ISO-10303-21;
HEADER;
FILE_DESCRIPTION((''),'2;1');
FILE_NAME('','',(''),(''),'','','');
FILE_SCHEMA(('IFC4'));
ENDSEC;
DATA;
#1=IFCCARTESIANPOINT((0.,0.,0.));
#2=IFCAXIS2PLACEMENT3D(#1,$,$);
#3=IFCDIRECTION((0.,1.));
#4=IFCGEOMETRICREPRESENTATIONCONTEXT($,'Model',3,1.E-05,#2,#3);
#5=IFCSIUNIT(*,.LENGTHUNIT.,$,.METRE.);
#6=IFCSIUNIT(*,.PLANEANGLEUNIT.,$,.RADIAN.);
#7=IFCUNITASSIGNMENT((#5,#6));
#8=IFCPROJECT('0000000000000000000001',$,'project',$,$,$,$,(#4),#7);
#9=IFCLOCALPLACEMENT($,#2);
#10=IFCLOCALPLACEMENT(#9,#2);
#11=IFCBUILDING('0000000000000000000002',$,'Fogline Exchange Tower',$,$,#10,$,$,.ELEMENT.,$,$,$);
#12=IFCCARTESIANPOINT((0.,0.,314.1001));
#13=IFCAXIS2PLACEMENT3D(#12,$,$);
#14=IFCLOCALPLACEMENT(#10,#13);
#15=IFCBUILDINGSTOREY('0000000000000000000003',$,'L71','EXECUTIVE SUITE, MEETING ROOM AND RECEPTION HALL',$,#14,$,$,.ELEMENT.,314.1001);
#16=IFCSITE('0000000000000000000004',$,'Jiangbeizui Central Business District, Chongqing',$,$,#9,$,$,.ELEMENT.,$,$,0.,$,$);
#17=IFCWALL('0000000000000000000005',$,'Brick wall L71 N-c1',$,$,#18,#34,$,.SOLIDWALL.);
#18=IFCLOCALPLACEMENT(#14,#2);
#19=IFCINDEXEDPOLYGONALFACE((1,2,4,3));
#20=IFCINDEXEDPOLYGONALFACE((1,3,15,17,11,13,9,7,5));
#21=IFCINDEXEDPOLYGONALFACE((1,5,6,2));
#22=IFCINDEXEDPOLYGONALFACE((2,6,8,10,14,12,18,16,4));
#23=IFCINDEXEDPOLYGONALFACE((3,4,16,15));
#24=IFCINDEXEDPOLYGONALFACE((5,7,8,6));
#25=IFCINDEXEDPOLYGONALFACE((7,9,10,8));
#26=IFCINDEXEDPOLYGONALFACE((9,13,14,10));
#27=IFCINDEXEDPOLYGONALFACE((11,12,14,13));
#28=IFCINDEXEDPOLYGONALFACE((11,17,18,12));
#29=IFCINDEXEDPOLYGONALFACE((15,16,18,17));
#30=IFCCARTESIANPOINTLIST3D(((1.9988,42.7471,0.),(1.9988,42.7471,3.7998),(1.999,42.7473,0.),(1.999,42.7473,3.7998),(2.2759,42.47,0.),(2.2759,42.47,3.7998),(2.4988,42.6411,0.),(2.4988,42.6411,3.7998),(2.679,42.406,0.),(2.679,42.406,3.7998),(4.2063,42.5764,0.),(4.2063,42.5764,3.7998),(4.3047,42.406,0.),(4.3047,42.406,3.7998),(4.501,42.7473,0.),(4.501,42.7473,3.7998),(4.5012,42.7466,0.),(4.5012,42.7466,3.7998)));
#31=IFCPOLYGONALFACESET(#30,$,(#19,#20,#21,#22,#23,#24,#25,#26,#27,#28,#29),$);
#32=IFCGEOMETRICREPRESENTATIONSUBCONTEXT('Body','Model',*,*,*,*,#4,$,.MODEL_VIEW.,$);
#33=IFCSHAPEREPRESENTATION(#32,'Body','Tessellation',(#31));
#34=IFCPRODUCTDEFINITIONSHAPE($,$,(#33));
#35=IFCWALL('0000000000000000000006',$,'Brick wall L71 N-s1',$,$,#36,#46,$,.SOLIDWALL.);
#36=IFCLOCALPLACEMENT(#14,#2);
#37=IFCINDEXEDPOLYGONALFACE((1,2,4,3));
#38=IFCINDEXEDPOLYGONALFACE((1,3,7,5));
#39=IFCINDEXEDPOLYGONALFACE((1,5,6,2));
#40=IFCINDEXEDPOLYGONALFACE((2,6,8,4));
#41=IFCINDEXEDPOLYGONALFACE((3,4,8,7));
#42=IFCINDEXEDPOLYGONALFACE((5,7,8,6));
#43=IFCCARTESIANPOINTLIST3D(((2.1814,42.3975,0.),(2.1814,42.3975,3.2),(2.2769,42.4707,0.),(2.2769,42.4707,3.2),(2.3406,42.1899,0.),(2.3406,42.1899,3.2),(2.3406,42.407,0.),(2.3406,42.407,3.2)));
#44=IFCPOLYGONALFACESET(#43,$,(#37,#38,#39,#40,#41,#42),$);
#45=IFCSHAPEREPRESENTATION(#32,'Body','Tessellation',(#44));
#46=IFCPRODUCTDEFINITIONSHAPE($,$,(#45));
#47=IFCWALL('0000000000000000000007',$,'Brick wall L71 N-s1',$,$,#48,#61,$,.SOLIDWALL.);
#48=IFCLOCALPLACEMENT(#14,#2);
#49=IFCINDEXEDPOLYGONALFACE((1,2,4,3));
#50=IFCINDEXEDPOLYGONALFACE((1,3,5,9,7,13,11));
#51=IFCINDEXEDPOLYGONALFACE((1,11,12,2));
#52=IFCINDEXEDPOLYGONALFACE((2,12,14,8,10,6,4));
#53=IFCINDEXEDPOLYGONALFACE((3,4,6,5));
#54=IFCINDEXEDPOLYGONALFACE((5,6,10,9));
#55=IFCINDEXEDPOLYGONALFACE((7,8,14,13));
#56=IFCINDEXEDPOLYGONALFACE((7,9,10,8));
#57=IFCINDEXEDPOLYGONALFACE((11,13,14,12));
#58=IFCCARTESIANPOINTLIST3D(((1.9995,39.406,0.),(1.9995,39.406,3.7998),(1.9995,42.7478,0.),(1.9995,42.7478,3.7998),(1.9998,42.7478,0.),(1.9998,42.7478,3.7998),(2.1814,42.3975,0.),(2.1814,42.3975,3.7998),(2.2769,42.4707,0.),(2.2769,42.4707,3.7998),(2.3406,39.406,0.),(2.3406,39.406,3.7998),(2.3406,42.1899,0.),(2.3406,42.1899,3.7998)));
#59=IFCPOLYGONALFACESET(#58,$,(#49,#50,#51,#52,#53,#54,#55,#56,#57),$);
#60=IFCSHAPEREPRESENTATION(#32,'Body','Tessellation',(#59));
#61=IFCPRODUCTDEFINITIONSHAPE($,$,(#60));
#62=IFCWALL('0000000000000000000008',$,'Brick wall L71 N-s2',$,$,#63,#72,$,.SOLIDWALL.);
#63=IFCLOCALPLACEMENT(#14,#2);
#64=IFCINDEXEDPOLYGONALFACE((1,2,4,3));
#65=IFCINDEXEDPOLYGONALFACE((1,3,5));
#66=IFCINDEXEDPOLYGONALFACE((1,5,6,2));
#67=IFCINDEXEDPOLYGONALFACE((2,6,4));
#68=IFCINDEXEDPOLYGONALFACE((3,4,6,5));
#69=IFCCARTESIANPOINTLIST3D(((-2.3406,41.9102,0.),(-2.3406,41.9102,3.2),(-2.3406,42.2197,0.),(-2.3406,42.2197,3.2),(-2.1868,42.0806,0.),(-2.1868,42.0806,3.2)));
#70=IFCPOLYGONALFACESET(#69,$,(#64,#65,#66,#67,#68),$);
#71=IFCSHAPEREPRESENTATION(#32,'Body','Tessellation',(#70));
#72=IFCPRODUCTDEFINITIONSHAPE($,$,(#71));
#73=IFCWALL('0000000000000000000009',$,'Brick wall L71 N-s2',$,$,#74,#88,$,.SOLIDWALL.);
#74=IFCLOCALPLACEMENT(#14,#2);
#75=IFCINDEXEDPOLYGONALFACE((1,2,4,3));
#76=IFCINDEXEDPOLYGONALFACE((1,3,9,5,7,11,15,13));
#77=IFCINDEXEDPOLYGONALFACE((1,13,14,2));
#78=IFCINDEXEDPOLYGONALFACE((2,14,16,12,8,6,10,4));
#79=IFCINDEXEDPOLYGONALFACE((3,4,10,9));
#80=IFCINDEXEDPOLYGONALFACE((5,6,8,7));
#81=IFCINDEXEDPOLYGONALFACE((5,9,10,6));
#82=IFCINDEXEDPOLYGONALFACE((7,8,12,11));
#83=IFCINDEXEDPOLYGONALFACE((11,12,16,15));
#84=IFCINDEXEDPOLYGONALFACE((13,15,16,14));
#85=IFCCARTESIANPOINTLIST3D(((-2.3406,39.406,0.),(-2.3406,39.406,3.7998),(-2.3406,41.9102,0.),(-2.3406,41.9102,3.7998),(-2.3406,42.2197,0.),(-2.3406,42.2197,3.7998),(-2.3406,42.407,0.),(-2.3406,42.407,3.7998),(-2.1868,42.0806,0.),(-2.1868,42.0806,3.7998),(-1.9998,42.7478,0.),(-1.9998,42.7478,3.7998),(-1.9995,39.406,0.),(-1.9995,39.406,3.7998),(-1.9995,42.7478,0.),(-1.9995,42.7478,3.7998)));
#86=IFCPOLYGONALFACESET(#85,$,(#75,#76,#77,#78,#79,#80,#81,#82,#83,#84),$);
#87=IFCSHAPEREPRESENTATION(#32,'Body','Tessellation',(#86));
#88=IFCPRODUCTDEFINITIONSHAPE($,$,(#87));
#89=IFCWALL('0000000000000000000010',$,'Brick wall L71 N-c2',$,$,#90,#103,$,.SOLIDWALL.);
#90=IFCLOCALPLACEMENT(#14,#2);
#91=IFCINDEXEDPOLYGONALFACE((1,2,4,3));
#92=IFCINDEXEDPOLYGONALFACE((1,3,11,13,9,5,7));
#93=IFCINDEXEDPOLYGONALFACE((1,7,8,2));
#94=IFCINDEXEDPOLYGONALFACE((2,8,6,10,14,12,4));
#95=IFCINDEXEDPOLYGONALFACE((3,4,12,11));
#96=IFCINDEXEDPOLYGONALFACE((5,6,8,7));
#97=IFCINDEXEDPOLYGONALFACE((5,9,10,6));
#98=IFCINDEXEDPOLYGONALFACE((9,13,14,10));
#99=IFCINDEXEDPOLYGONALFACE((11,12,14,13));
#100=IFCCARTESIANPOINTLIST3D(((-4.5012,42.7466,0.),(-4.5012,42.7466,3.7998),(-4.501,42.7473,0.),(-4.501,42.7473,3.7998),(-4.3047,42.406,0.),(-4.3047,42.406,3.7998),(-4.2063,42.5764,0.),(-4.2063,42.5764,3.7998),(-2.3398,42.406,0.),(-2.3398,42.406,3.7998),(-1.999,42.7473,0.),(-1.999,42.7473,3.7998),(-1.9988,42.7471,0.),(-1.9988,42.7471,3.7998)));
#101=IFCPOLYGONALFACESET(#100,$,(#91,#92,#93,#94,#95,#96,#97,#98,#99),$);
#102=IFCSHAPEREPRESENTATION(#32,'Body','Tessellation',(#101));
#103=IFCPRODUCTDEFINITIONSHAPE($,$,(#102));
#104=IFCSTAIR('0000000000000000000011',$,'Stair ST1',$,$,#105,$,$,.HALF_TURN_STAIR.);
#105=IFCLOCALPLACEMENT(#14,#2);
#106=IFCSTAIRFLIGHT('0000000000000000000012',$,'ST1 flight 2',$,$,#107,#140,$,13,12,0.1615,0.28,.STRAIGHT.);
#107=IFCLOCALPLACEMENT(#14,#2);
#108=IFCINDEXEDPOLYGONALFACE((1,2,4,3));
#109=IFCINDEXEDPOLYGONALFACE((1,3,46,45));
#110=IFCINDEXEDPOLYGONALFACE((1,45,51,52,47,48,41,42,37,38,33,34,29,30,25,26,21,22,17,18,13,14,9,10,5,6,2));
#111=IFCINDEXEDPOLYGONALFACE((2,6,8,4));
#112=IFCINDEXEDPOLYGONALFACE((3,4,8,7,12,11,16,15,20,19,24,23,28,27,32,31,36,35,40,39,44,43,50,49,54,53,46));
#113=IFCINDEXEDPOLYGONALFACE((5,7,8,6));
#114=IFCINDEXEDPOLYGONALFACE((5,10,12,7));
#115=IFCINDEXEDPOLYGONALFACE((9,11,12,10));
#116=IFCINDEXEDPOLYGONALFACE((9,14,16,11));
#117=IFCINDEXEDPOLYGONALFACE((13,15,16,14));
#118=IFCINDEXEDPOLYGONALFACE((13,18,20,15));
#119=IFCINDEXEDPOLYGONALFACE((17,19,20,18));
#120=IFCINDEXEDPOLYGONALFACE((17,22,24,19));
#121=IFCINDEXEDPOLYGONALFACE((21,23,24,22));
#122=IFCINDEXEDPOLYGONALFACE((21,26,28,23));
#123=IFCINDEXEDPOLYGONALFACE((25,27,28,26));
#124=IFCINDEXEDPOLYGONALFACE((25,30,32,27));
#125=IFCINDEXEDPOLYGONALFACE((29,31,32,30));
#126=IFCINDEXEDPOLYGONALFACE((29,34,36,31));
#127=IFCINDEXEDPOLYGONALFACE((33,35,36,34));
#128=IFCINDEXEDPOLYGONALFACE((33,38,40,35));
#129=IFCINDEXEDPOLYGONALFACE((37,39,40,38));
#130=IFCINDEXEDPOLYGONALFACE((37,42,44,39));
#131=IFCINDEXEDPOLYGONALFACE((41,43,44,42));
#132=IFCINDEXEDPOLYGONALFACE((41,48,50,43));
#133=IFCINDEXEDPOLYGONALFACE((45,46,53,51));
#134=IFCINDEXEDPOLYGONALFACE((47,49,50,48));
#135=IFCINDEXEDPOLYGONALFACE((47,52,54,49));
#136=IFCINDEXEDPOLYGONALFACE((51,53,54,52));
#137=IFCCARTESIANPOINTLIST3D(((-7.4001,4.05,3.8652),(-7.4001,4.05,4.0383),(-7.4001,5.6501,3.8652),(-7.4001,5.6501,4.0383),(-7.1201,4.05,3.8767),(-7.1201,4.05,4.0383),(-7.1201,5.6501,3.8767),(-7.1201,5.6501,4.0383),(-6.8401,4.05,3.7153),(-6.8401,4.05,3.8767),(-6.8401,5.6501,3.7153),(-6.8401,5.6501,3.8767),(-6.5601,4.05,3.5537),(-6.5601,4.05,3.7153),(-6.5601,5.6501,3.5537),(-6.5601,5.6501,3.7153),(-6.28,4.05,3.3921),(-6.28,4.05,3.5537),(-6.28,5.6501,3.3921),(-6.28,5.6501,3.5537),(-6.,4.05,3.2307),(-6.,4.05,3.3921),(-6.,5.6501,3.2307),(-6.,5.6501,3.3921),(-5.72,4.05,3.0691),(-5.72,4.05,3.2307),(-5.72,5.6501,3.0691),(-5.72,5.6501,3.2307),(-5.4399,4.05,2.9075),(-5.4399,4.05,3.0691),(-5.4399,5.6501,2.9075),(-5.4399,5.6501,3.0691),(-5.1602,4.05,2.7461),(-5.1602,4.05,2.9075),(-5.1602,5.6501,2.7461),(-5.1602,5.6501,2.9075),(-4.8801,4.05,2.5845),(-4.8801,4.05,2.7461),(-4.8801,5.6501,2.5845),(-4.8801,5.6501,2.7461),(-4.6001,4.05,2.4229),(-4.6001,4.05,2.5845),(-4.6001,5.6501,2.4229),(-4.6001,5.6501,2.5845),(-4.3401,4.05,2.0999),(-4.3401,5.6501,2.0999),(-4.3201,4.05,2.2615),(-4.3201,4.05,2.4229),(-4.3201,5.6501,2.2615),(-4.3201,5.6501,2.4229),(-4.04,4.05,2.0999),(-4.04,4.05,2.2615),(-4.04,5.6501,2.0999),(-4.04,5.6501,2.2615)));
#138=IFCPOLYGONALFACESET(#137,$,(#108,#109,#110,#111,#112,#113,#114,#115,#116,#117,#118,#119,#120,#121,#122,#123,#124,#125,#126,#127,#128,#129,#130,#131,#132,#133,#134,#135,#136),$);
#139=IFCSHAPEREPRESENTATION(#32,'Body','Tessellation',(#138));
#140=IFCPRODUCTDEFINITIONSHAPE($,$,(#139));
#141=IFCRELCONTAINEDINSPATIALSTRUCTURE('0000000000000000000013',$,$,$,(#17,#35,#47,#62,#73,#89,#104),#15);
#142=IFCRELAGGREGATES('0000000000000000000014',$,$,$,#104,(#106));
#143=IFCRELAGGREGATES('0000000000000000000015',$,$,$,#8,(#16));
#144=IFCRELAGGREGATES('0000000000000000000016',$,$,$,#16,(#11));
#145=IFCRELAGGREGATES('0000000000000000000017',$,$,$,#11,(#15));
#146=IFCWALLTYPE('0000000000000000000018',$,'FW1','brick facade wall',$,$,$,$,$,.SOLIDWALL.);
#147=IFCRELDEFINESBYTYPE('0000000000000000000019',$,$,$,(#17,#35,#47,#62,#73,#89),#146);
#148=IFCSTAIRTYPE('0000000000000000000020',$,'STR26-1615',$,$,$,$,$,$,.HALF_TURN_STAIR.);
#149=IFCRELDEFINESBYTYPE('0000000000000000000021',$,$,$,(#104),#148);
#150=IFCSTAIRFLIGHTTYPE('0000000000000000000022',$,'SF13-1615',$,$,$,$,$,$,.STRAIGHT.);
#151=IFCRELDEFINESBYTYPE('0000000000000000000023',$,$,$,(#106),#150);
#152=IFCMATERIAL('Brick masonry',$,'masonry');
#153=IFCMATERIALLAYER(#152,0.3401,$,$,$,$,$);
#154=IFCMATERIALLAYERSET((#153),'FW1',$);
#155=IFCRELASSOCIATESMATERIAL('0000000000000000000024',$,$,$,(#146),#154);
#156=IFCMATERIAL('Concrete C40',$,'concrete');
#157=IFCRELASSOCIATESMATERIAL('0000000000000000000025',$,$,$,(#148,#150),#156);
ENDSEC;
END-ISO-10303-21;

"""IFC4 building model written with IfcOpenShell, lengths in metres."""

from ifc_helpers import new_model, si_unit, direction, frame, origin, place, context, subcontext, project, spatial, polyline, outline, extrude, material, layer, layer_set, type_object, element, aggregate, save


model = new_model("IFC4")

# Units and contexts
model_context = context("Model", 3, precision=1e-05, world=origin(), true_north=direction((0.0, 1.0)))
body_context = subcontext(model_context, "Body", "Model", "MODEL_VIEW")
ifc_project = project(units=[si_unit("LENGTHUNIT", "METRE"), si_unit("PLANEANGLEUNIT", "RADIAN")], contexts=[model_context])

# Site, building, storey
site_placement = place(None, origin())
site = spatial("IfcSite", under=ifc_project, at=site_placement, Name="Jiangbeizui Central Business District, Chongqing", CompositionType="ELEMENT", RefElevation=0.0)
building_placement = place(site_placement, origin())
building = spatial("IfcBuilding", under=site, at=building_placement, Name="Fogline Exchange Tower", CompositionType="ELEMENT")
storey_placement = place(building_placement, frame((0.0, 0.0, 314.1001)))
storey = spatial("IfcBuildingStorey", under=building, at=storey_placement, Name="L71", Description="EXECUTIVE SUITE, MEETING ROOM AND RECEPTION HALL", CompositionType="ELEMENT", Elevation=314.1001)

# Shared definitions
ifc_material_1 = material(Name="Concrete C40", Category="concrete")

# Walls
ifc_material_2 = material(Name="Brick masonry", Category="masonry")
ifc_layer_1 = layer(ifc_material_2, 0.3401)
ifc_layer_set_1 = layer_set([ifc_layer_1], Name="FW1")
wall_type_1 = type_object("IfcWallType", Name="FW1", Description="brick facade wall", PredefinedType="SOLIDWALL", material=ifc_layer_set_1)
wall_1_placement = place(storey_placement, origin())
element("IfcWall", 1, at=wall_1_placement, inside=storey, type_object=wall_type_1, Name="Brick wall L71 N-c1", PredefinedType="SOLIDWALL", context=body_context, shape_type="SweptSolid", body=[
    extrude(outline(polyline([(4.501, 42.7473), (4.5012, 42.7466), (4.2063, 42.5764), (4.3047, 42.406), (2.679, 42.406), (2.4988, 42.6411), (2.2759, 42.47), (1.9988, 42.7471), (1.999, 42.7473), (4.501, 42.7473)])), origin(), (0.0, 0.0, 1.0), 3.7998),
])
wall_2_placement = place(storey_placement, origin())
element("IfcWall", 2, at=wall_2_placement, inside=storey, type_object=wall_type_1, Name="Brick wall L71 N-s1", PredefinedType="SOLIDWALL", context=body_context, shape_type="SweptSolid", body=[
    extrude(outline(polyline([(2.3406, 42.407), (2.3406, 42.1899), (2.1814, 42.3975), (2.2769, 42.4707), (2.3406, 42.407)])), origin(), (0.0, 0.0, 1.0), 3.2),
])
wall_3_placement = place(storey_placement, origin())
element("IfcWall", 3, at=wall_3_placement, inside=storey, type_object=wall_type_1, Name="Brick wall L71 N-s1", PredefinedType="SOLIDWALL", context=body_context, shape_type="SweptSolid", body=[
    extrude(outline(polyline([(1.9995, 39.406), (1.9995, 42.7478), (1.9998, 42.7478), (2.2769, 42.4707), (2.1814, 42.3975), (2.3406, 42.1899), (2.3406, 39.406), (1.9995, 39.406)])), origin(), (0.0, 0.0, 1.0), 3.7998),
])
wall_4_placement = place(storey_placement, origin())
element("IfcWall", 4, at=wall_4_placement, inside=storey, type_object=wall_type_1, Name="Brick wall L71 N-s2", PredefinedType="SOLIDWALL", context=body_context, shape_type="SweptSolid", body=[
    extrude(outline(polyline([(-2.3406, 42.2197), (-2.1868, 42.0806), (-2.3406, 41.9102), (-2.3406, 42.2197)])), origin(), (0.0, 0.0, 1.0), 3.2),
])
wall_5_placement = place(storey_placement, origin())
element("IfcWall", 5, at=wall_5_placement, inside=storey, type_object=wall_type_1, Name="Brick wall L71 N-s2", PredefinedType="SOLIDWALL", context=body_context, shape_type="SweptSolid", body=[
    extrude(outline(polyline([(-1.9995, 39.406), (-2.3406, 39.406), (-2.3406, 41.9102), (-2.1868, 42.0806), (-2.3406, 42.2197), (-2.3406, 42.407), (-1.9998, 42.7478), (-1.9995, 42.7478), (-1.9995, 39.406)])), origin(), (0.0, 0.0, 1.0), 3.7998),
])
wall_6_placement = place(storey_placement, origin())
element("IfcWall", 6, at=wall_6_placement, inside=storey, type_object=wall_type_1, Name="Brick wall L71 N-c2", PredefinedType="SOLIDWALL", context=body_context, shape_type="SweptSolid", body=[
    extrude(outline(polyline([(-4.3047, 42.406), (-4.2063, 42.5764), (-4.5012, 42.7466), (-4.501, 42.7473), (-1.999, 42.7473), (-1.9988, 42.7471), (-2.3398, 42.406), (-4.3047, 42.406)])), origin(), (0.0, 0.0, 1.0), 3.7998),
])

# Stair, stair flight
stair_type = type_object("IfcStairType", Name="STR26-1615", PredefinedType="HALF_TURN_STAIR", material=ifc_material_1)
stair_placement = place(storey_placement, origin())
stair = element("IfcStair", 7, at=stair_placement, inside=storey, type_object=stair_type, Name="Stair ST1", PredefinedType="HALF_TURN_STAIR")
stair_flight_type = type_object("IfcStairFlightType", Name="SF13-1615", PredefinedType="STRAIGHT", material=ifc_material_1)
stair_flight_placement = place(storey_placement, frame((-4.04, 4.8501, 2.0999), z_axis=(0.0, 0.0, 1.0), x_axis=(-1.0, 0.0, 0.0)))
stair_flight = element("IfcStairFlight", 8, at=stair_flight_placement, type_object=stair_flight_type, Name="ST1 flight 2", NumberOfRisers=13, NumberOfTreads=12, PredefinedType="STRAIGHT", RiserHeight=0.1615, TreadLength=0.28, context=body_context, shape_type="SweptSolid", body=[
    extrude(outline(polyline([(0.0, 0.0), (0.0, 0.1616), (0.28, 0.1616), (0.28, 0.323), (0.5601, 0.323), (0.5601, 0.4846), (0.8401, 0.4846), (0.8401, 0.6462), (1.1201, 0.6462), (1.1201, 0.8076), (1.3999, 0.8076), (1.3999, 0.9692), (1.6799, 0.9692), (1.6799, 1.1309), (1.96, 1.1309), (1.96, 1.2922), (2.24, 1.2922), (2.24, 1.4539), (2.52, 1.4539), (2.52, 1.6155), (2.8, 1.6155), (2.8, 1.7769), (3.0801, 1.7769), (3.0801, 1.9385), (3.3601, 1.9385), (3.3601, 2.1001), (3.3601, 1.7654), (0.3, 0.0), (0.0, 0.0)])), frame((0.0, 0.8, 0.0), z_axis=(0.0, -1.0, 0.0), x_axis=(1.0, 0.0, 0.0)), (0.0, 0.0, 1.0), 1.6001),
])
aggregate(stair, [stair_flight])

save(model, "model.ifc")
